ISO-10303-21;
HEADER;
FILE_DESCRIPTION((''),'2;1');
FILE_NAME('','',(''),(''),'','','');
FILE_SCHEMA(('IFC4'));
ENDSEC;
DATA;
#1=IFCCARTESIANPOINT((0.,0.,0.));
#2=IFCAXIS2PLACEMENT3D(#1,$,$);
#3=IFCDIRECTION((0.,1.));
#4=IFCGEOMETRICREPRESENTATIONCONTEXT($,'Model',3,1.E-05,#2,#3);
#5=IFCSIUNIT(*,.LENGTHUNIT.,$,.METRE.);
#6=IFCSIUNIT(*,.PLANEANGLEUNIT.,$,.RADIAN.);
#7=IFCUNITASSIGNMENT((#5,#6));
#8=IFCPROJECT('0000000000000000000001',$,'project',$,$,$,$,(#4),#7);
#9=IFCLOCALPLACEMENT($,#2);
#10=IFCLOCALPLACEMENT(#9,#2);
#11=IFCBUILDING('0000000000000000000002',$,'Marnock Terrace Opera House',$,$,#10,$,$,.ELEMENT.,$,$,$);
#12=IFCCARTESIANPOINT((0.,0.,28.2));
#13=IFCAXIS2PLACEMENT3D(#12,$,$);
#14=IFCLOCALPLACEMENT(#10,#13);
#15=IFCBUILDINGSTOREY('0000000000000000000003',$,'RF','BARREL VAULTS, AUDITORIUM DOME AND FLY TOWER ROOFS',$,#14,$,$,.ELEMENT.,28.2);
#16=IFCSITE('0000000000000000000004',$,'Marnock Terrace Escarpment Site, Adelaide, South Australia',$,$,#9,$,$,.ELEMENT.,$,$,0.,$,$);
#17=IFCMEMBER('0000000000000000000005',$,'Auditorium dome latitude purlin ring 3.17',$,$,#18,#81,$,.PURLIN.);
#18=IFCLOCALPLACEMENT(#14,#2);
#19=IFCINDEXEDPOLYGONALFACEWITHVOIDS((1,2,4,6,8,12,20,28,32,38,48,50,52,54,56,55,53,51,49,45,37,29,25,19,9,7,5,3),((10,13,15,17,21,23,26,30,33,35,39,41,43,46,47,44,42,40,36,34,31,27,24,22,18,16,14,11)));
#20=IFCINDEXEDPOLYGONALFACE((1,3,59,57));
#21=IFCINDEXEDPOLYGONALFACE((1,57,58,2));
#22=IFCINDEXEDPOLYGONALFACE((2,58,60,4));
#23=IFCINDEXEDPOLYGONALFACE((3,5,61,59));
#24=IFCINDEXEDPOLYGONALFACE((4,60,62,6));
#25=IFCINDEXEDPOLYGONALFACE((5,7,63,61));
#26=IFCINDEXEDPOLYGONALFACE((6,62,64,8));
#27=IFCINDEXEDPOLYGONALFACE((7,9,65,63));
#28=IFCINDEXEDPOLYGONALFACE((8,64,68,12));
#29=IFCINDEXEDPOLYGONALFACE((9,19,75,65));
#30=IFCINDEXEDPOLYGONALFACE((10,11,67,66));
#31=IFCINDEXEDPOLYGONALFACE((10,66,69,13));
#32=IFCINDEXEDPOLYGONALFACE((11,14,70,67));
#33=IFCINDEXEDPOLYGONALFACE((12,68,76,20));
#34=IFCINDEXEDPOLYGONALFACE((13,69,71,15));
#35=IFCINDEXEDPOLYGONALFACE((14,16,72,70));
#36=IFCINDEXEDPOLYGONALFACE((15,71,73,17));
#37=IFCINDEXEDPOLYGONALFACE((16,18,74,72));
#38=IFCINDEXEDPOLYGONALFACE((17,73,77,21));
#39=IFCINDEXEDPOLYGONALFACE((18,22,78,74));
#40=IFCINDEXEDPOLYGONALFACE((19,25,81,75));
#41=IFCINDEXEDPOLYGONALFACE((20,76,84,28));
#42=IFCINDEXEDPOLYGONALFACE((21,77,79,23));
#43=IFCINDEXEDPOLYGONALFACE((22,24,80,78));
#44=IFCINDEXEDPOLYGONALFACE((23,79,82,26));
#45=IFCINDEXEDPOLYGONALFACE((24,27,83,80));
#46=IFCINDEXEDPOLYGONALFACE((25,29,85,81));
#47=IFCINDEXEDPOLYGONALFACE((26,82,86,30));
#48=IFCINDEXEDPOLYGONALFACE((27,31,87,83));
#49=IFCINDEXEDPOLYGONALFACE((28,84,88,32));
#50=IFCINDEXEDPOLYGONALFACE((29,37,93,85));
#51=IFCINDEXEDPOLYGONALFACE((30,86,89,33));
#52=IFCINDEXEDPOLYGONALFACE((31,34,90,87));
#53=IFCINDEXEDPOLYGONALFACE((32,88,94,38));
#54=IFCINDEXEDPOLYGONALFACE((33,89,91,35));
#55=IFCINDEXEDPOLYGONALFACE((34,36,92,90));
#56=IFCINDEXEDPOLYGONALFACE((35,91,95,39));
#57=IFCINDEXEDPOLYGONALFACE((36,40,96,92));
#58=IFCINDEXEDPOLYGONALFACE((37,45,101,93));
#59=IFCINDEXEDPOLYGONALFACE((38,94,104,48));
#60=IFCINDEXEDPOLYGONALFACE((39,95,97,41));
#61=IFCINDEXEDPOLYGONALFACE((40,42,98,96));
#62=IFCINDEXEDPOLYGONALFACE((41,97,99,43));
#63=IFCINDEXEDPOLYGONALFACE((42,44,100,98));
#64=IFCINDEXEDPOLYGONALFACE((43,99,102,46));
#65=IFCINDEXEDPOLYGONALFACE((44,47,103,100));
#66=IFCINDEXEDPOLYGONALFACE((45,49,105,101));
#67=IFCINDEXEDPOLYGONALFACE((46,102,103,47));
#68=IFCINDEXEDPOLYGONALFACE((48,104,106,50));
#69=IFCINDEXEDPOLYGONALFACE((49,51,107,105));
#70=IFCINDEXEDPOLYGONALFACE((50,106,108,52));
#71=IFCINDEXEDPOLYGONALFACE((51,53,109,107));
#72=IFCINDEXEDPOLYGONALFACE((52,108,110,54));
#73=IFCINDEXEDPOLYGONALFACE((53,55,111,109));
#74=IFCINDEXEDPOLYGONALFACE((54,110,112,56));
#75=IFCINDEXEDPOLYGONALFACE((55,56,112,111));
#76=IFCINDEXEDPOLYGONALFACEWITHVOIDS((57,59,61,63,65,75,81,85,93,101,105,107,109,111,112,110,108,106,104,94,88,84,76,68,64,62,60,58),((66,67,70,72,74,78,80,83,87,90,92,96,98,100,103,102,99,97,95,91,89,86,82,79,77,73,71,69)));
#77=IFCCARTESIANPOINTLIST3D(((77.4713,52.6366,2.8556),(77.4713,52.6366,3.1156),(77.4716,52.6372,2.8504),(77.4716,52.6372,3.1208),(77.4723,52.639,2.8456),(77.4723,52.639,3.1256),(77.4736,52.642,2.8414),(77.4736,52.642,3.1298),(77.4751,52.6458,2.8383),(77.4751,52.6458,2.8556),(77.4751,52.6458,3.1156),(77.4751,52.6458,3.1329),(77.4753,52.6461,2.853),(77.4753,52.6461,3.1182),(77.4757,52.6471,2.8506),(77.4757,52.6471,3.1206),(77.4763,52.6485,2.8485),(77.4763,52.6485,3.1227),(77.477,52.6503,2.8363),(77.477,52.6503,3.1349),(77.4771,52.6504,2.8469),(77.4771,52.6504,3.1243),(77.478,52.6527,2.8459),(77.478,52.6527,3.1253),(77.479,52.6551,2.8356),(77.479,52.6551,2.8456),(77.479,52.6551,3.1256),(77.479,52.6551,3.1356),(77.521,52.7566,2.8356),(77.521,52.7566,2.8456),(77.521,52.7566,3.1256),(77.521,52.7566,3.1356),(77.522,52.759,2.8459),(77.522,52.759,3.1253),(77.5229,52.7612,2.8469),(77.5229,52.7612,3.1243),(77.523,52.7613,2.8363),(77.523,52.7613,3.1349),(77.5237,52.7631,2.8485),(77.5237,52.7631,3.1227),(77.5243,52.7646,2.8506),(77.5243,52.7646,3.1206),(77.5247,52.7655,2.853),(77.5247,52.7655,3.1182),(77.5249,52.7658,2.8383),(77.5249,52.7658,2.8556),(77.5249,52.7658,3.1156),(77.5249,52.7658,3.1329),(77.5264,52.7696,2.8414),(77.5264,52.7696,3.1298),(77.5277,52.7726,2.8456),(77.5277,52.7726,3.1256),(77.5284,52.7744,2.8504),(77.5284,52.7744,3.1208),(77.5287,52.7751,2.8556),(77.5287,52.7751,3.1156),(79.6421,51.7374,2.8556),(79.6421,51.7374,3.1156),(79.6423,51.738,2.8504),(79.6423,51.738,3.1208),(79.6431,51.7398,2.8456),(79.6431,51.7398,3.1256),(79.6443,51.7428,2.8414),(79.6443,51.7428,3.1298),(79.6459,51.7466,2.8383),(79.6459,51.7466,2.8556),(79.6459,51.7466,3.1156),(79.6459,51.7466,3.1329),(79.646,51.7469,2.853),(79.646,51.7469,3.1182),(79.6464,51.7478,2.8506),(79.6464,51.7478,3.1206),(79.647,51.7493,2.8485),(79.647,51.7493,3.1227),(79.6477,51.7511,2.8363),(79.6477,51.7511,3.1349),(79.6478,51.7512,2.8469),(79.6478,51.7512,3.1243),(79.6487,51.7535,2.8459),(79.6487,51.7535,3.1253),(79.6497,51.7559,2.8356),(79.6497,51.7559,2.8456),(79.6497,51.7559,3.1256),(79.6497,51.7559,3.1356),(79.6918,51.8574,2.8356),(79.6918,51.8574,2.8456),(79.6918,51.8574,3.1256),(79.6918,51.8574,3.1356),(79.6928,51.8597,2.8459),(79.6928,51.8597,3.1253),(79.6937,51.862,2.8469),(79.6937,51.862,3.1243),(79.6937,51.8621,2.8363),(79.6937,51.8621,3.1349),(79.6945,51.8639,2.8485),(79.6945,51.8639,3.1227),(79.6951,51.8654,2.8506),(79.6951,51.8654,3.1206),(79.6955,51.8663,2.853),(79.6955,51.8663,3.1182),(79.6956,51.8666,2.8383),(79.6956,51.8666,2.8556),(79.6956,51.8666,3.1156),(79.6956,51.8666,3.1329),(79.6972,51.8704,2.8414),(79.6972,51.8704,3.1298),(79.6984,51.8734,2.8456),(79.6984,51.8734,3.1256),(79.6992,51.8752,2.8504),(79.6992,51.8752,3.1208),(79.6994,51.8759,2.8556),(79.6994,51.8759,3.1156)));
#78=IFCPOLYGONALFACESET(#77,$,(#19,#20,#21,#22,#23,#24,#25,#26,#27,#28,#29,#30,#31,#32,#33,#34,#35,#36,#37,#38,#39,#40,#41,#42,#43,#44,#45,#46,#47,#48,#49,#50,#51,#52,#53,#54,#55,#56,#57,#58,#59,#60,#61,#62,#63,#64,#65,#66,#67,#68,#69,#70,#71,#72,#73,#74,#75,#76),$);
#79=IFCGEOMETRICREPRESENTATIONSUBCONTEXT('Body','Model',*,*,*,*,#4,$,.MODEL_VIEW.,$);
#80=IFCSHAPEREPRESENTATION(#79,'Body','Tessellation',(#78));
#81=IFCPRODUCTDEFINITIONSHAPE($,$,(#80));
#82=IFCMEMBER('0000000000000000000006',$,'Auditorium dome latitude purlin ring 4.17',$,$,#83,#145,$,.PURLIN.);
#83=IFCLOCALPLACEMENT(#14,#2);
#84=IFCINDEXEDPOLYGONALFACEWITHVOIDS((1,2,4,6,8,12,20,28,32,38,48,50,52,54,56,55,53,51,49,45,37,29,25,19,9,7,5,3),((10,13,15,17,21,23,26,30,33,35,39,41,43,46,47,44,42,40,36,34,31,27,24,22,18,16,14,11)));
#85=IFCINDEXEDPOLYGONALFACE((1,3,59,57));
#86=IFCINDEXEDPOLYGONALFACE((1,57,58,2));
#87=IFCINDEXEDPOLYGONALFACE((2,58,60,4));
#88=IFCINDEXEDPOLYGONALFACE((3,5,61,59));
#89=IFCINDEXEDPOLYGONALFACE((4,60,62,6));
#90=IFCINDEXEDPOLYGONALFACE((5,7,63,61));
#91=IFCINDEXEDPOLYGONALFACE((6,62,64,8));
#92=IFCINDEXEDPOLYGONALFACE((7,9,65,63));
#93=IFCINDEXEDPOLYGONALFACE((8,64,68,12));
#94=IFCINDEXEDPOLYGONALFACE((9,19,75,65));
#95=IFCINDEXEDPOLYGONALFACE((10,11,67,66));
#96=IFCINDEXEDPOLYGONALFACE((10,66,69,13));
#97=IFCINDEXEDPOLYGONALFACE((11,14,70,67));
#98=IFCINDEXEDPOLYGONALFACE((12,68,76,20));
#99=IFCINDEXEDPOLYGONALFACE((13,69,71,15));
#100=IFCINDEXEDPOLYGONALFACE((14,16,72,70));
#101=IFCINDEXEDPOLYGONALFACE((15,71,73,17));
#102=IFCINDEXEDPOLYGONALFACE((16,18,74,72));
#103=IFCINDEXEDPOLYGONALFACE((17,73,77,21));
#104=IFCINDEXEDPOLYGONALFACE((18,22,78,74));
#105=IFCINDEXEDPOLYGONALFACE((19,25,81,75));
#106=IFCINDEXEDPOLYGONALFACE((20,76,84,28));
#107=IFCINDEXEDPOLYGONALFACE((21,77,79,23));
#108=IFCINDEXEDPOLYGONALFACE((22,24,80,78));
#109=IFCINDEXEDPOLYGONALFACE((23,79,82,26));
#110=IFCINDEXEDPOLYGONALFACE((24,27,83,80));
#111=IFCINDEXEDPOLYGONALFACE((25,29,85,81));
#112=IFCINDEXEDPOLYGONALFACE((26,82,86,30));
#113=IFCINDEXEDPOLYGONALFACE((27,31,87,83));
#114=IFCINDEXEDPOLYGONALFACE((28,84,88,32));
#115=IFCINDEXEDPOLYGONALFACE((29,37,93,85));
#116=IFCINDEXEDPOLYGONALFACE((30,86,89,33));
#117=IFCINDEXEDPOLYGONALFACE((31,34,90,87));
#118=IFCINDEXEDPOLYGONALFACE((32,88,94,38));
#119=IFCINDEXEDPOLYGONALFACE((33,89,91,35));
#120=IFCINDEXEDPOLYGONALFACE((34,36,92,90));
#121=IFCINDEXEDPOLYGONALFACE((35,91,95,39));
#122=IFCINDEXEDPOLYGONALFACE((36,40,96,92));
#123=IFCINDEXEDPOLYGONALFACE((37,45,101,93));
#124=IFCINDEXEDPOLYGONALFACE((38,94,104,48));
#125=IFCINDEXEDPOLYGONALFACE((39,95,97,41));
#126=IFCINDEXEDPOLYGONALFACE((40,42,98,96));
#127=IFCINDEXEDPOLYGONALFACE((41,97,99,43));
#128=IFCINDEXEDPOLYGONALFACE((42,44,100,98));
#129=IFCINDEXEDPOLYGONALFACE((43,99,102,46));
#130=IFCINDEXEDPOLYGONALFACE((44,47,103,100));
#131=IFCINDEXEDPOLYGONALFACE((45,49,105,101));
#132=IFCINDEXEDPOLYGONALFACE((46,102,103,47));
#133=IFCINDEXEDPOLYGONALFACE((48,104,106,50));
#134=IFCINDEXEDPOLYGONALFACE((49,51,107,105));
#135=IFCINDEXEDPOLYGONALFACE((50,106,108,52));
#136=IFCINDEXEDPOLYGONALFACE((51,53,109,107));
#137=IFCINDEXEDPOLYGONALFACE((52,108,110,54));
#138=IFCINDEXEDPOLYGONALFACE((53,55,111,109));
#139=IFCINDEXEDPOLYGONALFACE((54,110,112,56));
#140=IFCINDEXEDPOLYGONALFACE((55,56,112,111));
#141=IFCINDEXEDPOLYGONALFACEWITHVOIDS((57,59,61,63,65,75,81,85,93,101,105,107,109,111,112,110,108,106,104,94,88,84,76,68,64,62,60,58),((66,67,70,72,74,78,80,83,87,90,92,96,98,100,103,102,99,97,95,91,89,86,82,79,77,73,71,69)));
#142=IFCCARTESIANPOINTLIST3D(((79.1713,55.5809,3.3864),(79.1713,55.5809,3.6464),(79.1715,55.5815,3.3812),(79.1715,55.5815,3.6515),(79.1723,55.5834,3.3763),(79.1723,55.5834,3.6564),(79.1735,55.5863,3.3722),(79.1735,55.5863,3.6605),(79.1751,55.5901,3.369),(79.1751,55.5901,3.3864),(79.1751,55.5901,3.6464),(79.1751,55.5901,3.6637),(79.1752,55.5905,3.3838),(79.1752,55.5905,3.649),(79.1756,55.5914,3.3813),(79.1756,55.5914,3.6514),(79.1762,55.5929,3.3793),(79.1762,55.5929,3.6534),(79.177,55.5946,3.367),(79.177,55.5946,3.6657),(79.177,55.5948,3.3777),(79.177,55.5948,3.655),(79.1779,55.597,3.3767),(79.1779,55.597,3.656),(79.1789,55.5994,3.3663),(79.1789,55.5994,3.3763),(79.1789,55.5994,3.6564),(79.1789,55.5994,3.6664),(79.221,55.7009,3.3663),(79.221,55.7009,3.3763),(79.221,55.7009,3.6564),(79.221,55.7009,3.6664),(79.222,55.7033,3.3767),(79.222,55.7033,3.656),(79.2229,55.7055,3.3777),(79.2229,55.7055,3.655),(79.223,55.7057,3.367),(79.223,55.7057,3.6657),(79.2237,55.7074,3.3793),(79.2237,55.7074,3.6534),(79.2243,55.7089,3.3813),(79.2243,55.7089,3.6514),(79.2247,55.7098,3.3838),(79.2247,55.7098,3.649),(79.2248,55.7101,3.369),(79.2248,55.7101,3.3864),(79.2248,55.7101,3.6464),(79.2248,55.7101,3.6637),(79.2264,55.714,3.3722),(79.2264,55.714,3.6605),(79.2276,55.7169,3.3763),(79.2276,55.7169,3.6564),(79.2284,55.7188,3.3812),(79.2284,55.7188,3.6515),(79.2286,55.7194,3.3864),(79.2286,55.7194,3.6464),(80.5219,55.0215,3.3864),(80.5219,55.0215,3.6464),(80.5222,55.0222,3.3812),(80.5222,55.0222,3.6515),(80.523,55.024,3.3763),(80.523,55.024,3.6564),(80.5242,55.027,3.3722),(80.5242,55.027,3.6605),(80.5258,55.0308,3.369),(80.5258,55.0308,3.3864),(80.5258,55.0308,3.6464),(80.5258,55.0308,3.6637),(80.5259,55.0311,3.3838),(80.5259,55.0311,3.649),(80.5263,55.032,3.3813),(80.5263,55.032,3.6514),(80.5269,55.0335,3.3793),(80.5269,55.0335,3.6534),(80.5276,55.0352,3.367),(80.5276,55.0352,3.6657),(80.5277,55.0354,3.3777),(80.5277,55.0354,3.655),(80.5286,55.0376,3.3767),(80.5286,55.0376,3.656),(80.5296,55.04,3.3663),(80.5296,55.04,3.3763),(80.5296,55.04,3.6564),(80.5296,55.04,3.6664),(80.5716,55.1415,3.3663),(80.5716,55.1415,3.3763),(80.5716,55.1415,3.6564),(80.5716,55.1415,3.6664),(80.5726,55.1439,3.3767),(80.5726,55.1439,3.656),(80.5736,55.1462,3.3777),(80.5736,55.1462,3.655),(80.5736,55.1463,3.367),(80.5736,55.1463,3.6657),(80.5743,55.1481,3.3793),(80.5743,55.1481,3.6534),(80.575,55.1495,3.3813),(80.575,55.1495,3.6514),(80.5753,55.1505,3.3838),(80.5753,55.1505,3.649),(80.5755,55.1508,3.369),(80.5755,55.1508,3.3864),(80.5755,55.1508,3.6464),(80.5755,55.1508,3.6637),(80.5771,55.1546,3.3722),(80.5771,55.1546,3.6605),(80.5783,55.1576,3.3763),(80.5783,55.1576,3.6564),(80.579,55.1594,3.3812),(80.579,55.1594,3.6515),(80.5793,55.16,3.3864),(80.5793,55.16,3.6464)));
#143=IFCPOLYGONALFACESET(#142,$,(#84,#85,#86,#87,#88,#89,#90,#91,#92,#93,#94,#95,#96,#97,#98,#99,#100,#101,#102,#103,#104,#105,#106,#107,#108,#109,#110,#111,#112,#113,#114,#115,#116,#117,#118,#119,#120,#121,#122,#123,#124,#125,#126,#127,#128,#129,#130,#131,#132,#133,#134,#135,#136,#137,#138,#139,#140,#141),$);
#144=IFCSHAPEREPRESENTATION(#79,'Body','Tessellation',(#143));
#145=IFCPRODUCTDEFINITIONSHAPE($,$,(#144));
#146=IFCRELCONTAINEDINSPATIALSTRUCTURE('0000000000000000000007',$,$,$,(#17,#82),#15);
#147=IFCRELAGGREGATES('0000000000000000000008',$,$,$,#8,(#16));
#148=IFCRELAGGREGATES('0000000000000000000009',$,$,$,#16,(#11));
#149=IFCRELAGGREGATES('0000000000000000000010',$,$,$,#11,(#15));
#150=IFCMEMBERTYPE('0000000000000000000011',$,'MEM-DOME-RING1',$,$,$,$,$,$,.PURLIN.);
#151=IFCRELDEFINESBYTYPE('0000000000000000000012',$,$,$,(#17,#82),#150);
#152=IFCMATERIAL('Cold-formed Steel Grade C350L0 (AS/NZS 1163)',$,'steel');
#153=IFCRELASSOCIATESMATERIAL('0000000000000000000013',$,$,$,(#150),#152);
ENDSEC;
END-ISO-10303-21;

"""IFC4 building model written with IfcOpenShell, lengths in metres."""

from ifc_helpers import new_model, si_unit, direction, frame, origin, origin_2d, place, context, subcontext, project, spatial, hollow_rectangle, extrude, material, material_profile, profile_set, type_object, element, save


model = new_model("IFC4")

# Units and contexts
model_context = context("Model", 3, precision=1e-05, world=origin(), true_north=direction((0.0, 1.0)))
body_context = subcontext(model_context, "Body", "Model", "MODEL_VIEW")
ifc_project = project(units=[si_unit("LENGTHUNIT", "METRE"), si_unit("PLANEANGLEUNIT", "RADIAN")], contexts=[model_context])

# Site, building, storey
site_placement = place(None, origin())
site = spatial("IfcSite", under=ifc_project, at=site_placement, Name="Marnock Terrace Escarpment Site, Adelaide, South Australia", CompositionType="ELEMENT", RefElevation=0.0)
building_placement = place(site_placement, origin())
building = spatial("IfcBuilding", under=site, at=building_placement, Name="Marnock Terrace Opera House", CompositionType="ELEMENT")
storey_placement = place(building_placement, frame((0.0, 0.0, 28.2)))
storey = spatial("IfcBuildingStorey", under=building, at=storey_placement, Name="RF", Description="BARREL VAULTS, AUDITORIUM DOME AND FLY TOWER ROOFS", CompositionType="ELEMENT", Elevation=28.2)

# Members
ifc_material_1 = material(Name="Cold-formed Steel Grade C350L0 (AS/NZS 1163)", Category="steel")
ifc_material_profile_1 = material_profile(ifc_material_1, hollow_rectangle(XDim=0.1499, YDim=0.3, WallThickness=0.01, InnerFilletRadius=0.01, OuterFilletRadius=0.02, at=origin_2d()))
ifc_profile_set_1 = profile_set([ifc_material_profile_1], Name="Cold-formed Steel Grade C350L0 (AS/NZS 1163)")
member_type_1 = type_object("IfcMemberType", Name="MEM-DOME-RING1", PredefinedType="PURLIN", material=ifc_profile_set_1)
member_1_placement = place(storey_placement, frame((77.5, 52.7058, 2.9856), z_axis=(0.923871, -0.382704, 0.0), x_axis=(0.382704, 0.923871, 0.0)))
element("IfcMember", 1, at=member_1_placement, inside=storey, type_object=member_type_1, Name="Auditorium dome latitude purlin ring 3.17", PredefinedType="PURLIN", context=body_context, shape_type="SweptSolid", body=[
    extrude(hollow_rectangle(XDim=0.1499, YDim=0.3, WallThickness=0.01, InnerFilletRadius=0.01, OuterFilletRadius=0.02, at=origin_2d()), origin(), (0.0, 0.0, 1.0), 2.3496),
])
member_2_placement = place(storey_placement, frame((79.2, 55.6501, 3.5164), z_axis=(0.923905, -0.382622, 0.0), x_axis=(0.382622, 0.923905, 0.0)))
element("IfcMember", 2, at=member_2_placement, inside=storey, type_object=member_type_1, Name="Auditorium dome latitude purlin ring 4.17", PredefinedType="PURLIN", context=body_context, shape_type="SweptSolid", body=[
    extrude(hollow_rectangle(XDim=0.1499, YDim=0.3, WallThickness=0.01, InnerFilletRadius=0.01, OuterFilletRadius=0.02, at=origin_2d()), origin(), (0.0, 0.0, 1.0), 1.4619),
])

save(model, "model.ifc")
